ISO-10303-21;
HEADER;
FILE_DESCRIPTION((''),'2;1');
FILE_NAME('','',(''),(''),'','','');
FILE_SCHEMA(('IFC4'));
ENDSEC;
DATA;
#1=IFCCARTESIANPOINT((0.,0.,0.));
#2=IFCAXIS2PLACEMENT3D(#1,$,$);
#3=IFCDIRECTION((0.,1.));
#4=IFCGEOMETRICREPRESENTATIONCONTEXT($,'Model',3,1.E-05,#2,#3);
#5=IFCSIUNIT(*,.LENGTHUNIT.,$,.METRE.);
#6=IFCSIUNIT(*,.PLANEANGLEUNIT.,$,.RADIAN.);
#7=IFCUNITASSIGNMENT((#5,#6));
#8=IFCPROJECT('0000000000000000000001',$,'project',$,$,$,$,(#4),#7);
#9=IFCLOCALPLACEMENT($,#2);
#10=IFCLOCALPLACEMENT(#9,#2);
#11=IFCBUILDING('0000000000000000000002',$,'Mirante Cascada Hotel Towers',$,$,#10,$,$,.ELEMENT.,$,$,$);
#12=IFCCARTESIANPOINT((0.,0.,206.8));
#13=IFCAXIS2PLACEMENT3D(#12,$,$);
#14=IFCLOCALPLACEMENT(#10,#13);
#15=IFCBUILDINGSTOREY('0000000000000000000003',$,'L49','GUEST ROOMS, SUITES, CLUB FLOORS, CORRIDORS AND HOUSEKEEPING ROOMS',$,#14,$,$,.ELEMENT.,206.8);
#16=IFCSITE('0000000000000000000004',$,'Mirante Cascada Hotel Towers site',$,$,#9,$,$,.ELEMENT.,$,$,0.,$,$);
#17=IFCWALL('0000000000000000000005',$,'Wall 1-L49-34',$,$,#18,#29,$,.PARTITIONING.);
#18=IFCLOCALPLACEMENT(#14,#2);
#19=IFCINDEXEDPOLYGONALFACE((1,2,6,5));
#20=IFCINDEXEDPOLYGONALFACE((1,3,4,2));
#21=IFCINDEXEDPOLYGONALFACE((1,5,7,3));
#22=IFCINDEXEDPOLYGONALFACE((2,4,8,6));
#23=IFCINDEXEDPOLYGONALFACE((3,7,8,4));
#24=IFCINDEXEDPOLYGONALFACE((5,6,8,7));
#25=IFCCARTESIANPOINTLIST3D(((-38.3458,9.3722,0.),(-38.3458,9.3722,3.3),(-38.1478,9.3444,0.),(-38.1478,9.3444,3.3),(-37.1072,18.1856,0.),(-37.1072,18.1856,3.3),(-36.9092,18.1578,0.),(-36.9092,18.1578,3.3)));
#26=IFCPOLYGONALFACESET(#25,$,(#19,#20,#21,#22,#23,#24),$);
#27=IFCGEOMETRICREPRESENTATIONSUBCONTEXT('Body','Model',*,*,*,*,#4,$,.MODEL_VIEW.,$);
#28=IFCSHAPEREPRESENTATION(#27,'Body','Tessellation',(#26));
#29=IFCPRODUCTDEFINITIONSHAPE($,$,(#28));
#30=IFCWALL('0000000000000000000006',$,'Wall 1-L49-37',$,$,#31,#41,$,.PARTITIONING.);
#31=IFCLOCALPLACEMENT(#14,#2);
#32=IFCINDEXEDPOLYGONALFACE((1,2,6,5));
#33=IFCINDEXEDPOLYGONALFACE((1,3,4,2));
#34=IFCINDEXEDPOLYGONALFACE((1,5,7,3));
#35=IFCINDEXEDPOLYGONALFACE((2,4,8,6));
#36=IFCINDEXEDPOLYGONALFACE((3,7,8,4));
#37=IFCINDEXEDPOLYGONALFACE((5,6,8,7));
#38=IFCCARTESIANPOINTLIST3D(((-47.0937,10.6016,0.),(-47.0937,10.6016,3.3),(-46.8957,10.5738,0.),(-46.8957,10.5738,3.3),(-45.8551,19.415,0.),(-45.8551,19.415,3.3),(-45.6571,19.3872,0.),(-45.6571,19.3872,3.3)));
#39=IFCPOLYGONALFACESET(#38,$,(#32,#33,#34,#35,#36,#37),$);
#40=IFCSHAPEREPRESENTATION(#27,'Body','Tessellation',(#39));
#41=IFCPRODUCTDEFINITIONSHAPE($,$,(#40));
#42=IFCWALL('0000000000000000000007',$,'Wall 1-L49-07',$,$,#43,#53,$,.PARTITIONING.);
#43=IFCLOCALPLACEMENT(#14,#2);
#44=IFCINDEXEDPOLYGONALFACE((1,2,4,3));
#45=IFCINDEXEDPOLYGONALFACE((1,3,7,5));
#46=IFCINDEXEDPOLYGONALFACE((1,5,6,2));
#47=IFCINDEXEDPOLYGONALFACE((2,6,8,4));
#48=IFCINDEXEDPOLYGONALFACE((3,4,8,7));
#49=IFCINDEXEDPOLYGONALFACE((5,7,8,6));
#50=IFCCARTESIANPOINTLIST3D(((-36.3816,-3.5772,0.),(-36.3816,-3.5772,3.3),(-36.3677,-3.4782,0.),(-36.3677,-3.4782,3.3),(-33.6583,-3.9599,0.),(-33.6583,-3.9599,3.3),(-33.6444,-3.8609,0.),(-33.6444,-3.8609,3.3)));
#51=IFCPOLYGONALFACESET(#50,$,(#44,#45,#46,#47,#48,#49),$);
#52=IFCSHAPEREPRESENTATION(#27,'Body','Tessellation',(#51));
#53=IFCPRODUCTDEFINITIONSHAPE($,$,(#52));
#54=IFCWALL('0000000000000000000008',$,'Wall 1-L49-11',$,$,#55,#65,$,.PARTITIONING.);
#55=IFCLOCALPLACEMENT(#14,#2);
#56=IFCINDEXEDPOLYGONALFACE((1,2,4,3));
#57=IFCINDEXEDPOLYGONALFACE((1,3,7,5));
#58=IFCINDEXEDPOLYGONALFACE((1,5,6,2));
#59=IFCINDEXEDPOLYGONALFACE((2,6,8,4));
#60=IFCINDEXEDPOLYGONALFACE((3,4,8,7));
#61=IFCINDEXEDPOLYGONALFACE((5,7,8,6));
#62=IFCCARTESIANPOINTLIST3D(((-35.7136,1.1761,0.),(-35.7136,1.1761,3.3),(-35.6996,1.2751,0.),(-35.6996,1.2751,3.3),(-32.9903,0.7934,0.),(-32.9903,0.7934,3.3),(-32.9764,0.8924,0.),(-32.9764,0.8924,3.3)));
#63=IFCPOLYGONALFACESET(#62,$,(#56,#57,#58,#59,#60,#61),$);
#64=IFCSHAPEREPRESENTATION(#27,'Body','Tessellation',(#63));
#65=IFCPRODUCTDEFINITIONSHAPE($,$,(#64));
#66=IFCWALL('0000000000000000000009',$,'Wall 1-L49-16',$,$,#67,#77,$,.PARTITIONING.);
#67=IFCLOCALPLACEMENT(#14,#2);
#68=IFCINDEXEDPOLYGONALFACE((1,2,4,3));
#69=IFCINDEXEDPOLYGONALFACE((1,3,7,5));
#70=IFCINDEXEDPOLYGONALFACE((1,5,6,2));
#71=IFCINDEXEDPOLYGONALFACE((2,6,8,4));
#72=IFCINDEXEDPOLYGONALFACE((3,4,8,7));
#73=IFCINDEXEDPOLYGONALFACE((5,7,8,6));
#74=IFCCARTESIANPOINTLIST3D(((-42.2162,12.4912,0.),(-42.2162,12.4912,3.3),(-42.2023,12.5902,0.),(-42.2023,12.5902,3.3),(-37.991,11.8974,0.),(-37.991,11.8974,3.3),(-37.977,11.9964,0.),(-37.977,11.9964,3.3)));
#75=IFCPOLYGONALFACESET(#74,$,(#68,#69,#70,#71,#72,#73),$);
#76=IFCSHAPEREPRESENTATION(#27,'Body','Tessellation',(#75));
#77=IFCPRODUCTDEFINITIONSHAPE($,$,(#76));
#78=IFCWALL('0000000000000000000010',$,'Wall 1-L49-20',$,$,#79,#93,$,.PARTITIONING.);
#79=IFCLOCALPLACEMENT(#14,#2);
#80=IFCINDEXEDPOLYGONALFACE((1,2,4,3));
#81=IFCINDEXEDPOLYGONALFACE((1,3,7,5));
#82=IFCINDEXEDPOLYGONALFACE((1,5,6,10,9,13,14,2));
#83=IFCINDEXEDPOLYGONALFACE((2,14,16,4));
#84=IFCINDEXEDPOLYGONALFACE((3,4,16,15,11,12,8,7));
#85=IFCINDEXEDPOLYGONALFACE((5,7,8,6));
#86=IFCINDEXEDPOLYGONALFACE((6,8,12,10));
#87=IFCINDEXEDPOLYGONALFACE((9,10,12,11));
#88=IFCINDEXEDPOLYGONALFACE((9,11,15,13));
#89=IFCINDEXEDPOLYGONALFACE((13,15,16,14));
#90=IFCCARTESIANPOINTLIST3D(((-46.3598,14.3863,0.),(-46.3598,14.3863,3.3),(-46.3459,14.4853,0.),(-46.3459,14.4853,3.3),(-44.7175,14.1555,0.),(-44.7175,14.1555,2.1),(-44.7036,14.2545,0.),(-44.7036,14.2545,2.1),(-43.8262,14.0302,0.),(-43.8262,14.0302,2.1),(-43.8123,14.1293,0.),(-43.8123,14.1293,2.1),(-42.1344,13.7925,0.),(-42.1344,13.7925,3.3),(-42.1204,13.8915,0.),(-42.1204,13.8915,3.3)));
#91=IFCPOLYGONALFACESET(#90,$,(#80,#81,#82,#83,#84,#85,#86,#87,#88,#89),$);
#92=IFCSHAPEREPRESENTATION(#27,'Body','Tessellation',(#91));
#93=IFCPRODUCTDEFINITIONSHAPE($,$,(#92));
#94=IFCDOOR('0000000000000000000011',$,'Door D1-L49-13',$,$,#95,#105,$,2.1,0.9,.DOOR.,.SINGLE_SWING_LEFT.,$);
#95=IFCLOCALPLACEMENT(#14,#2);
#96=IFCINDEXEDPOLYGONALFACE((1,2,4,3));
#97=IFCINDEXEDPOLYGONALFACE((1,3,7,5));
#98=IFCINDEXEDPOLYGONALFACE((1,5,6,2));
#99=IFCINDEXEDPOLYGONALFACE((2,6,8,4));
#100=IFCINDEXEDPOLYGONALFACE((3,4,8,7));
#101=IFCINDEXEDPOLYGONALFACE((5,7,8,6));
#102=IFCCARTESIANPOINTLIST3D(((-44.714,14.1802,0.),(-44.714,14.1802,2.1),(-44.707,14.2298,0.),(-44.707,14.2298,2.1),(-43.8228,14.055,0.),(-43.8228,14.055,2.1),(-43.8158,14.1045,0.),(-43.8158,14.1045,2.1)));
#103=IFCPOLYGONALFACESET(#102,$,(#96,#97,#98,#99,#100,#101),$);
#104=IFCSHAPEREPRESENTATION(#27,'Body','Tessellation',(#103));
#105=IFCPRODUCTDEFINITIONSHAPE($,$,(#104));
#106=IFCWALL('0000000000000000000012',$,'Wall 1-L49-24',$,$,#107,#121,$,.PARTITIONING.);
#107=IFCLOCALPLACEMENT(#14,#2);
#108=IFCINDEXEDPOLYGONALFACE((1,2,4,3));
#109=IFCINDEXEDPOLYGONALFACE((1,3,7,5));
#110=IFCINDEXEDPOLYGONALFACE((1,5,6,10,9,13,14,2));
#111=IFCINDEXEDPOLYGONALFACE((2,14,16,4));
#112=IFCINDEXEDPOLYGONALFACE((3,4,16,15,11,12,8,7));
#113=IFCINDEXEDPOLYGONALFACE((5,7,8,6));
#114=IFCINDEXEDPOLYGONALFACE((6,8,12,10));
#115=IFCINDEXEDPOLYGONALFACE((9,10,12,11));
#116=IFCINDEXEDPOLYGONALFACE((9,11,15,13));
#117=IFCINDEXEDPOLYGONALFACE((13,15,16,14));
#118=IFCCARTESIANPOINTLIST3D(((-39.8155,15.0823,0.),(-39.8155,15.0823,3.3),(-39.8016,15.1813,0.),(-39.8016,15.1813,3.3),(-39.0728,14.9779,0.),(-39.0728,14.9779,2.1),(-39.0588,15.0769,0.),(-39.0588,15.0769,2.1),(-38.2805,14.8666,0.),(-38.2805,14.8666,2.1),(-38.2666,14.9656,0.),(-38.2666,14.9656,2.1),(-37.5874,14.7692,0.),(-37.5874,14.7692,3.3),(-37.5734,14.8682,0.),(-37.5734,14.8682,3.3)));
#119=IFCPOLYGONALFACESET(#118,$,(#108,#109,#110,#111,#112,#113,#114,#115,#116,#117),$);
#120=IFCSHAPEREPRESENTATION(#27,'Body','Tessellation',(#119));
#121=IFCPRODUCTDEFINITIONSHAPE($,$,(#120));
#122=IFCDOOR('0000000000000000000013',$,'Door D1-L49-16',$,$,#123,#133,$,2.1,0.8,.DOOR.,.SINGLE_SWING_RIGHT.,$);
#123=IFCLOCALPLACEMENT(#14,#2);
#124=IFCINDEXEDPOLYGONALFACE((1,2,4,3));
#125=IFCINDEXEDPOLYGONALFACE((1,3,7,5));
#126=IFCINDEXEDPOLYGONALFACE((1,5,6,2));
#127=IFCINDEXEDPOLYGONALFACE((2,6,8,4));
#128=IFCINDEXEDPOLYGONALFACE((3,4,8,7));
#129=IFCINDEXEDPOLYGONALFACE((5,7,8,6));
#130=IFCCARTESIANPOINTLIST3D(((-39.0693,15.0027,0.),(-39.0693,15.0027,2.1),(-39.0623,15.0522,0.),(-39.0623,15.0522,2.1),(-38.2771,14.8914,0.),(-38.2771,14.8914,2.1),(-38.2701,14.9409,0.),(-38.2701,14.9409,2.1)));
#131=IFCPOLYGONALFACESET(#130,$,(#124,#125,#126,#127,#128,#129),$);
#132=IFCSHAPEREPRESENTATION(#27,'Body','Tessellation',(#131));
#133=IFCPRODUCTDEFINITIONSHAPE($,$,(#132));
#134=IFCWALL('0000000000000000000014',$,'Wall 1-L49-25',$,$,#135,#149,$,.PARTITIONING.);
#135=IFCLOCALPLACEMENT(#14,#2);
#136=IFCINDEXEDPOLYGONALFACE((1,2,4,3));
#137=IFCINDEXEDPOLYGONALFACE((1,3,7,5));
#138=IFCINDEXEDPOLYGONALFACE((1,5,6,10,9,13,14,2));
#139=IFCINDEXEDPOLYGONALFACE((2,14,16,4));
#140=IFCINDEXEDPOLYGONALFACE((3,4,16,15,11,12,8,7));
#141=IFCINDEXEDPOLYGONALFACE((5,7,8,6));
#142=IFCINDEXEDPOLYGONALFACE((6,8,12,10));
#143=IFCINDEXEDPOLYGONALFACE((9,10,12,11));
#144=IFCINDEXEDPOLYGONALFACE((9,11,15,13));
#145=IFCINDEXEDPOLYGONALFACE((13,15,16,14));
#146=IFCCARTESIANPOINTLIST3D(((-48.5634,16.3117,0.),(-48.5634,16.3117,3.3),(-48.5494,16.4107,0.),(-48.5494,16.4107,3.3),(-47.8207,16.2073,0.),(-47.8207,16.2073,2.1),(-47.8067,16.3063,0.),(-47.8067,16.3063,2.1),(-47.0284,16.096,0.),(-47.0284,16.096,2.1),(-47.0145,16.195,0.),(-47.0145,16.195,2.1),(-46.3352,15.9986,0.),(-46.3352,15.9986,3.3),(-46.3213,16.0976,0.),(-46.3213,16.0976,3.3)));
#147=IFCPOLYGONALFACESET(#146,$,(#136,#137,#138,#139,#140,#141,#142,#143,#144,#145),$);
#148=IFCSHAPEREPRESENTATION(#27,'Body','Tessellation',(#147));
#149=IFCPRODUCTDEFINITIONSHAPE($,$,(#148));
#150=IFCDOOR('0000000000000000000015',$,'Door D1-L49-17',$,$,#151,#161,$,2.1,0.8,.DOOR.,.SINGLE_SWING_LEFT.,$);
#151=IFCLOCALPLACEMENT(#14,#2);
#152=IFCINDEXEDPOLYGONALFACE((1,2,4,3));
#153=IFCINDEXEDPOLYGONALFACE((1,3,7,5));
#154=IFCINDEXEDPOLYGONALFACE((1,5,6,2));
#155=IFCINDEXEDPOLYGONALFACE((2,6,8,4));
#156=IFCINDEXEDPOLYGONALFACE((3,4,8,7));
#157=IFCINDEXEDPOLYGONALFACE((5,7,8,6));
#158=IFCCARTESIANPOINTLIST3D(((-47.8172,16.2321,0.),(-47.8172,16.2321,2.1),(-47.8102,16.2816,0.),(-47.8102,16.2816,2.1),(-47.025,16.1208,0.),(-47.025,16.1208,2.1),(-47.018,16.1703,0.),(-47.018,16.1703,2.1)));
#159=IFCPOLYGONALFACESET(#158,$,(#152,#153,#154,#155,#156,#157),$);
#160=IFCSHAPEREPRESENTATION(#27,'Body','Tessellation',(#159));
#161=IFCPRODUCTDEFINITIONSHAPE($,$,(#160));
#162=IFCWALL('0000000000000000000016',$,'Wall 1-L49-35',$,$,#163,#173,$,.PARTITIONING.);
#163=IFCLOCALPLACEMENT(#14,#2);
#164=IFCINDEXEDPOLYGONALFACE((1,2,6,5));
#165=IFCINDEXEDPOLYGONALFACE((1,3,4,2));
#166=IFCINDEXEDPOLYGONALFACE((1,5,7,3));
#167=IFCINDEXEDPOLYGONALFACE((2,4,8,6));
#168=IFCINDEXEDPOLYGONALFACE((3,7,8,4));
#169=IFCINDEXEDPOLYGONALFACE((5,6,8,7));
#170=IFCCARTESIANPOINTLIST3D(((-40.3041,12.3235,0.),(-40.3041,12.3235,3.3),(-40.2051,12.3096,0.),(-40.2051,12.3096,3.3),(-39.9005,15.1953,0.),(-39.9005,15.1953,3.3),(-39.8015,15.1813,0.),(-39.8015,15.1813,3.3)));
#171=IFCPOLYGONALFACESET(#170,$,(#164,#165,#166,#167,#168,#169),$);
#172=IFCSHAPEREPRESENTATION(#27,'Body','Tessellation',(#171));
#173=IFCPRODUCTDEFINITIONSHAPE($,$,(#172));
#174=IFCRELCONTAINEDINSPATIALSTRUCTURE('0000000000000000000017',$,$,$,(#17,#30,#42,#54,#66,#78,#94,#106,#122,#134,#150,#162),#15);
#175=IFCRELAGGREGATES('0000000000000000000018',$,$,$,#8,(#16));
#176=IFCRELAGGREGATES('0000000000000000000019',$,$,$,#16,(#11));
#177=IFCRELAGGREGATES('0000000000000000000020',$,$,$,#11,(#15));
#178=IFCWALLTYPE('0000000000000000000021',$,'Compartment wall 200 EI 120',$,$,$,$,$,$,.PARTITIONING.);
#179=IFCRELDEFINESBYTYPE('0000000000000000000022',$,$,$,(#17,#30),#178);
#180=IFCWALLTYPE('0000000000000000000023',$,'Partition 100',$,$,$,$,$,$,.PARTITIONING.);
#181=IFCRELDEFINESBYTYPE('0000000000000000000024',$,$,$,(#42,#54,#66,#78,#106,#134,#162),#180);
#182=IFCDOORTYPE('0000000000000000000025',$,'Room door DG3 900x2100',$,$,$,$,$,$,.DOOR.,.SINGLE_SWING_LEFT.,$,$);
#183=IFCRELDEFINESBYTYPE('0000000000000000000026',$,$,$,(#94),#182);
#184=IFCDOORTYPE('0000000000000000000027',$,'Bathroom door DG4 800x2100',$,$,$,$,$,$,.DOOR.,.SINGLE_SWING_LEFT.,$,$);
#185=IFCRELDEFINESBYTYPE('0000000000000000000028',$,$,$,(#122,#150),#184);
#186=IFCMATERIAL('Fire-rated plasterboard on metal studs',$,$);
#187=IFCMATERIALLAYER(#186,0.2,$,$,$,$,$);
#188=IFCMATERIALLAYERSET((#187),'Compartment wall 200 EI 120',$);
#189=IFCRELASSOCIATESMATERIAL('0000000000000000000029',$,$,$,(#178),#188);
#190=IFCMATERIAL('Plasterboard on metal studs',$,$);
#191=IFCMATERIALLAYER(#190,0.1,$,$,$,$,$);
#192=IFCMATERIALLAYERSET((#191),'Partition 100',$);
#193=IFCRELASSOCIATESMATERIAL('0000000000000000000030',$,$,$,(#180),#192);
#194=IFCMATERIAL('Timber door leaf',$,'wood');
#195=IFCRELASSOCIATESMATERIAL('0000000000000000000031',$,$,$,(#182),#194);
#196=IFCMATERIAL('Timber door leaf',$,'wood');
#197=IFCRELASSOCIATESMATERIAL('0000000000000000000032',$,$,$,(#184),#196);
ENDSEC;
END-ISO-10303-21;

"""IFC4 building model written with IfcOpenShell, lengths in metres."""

from ifc_helpers import new_model, si_unit, direction, frame, frame_2d, origin, place, context, subcontext, project, spatial, rectangle, extrude, material, layer, layer_set, type_object, element, fill, save


model = new_model("IFC4")

# Units and contexts
model_context = context("Model", 3, precision=1e-05, world=origin(), true_north=direction((0.0, 1.0)))
body_context = subcontext(model_context, "Body", "Model", "MODEL_VIEW")
ifc_project = project(units=[si_unit("LENGTHUNIT", "METRE"), si_unit("PLANEANGLEUNIT", "RADIAN")], contexts=[model_context])

# Site, building, storey
site_placement = place(None, origin())
site = spatial("IfcSite", under=ifc_project, at=site_placement, Name="Mirante Cascada Hotel Towers site", CompositionType="ELEMENT", RefElevation=0.0)
building_placement = place(site_placement, origin())
building = spatial("IfcBuilding", under=site, at=building_placement, Name="Mirante Cascada Hotel Towers", CompositionType="ELEMENT")
storey_placement = place(building_placement, frame((0.0, 0.0, 206.8)))
storey = spatial("IfcBuildingStorey", under=building, at=storey_placement, Name="L49", Description="GUEST ROOMS, SUITES, CLUB FLOORS, CORRIDORS AND HOUSEKEEPING ROOMS", CompositionType="ELEMENT", Elevation=206.8)

# Walls
ifc_material_1 = material(Name="Fire-rated plasterboard on metal studs")
ifc_layer_1 = layer(ifc_material_1, 0.2)
ifc_layer_set_1 = layer_set([ifc_layer_1], Name="Compartment wall 200 EI 120")
wall_type_1 = type_object("IfcWallType", Name="Compartment wall 200 EI 120", PredefinedType="PARTITIONING", material=ifc_layer_set_1)
for number, where, z_axis, x_axis, name in (
    (1, (-38.2468, 9.3583, 0.0), (0.0, 0.0, 1.0), (0.139168, 0.990269, 0.0), "Wall 1-L49-34"),
    (2, (-45.7561, 19.4011, 0.0), (0.0, 0.0, 1.0), (-0.139168, -0.990269, 0.0), "Wall 1-L49-37"),
):
    element("IfcWall", number, at=place(storey_placement, frame(where, z_axis=z_axis, x_axis=x_axis)), inside=storey, type_object=wall_type_1, Name=name, PredefinedType="PARTITIONING", context=body_context, shape_type="SweptSolid", body=[
        extrude(rectangle(XDim=8.9, YDim=0.2, at=frame_2d((4.45, 0.0))), origin(), (0.0, 0.0, 1.0), 3.3),
    ])
ifc_material_2 = material(Name="Plasterboard on metal studs")
ifc_layer_2 = layer(ifc_material_2, 0.1)
ifc_layer_set_2 = layer_set([ifc_layer_2], Name="Partition 100")
wall_type_2 = type_object("IfcWallType", Name="Partition 100", PredefinedType="PARTITIONING", material=ifc_layer_set_2)
wall_1_placement = place(storey_placement, frame((-36.3747, -3.5277, 0.0), z_axis=(0.0, 0.0, 1.0), x_axis=(0.99027, -0.139161, 0.0)))
element("IfcWall", 3, at=wall_1_placement, inside=storey, type_object=wall_type_2, Name="Wall 1-L49-07", PredefinedType="PARTITIONING", context=body_context, shape_type="SweptSolid", body=[
    extrude(rectangle(XDim=2.7501, YDim=0.1, at=frame_2d((1.3751, 0.0))), origin(), (0.0, 0.0, 1.0), 3.3),
])
wall_2_placement = place(storey_placement, frame((-35.7066, 1.2256, 0.0), z_axis=(0.0, 0.0, 1.0), x_axis=(0.990269, -0.139166, 0.0)))
element("IfcWall", 4, at=wall_2_placement, inside=storey, type_object=wall_type_2, Name="Wall 1-L49-11", PredefinedType="PARTITIONING", context=body_context, shape_type="SweptSolid", body=[
    extrude(rectangle(XDim=2.75, YDim=0.1, at=frame_2d((1.375, 0.0))), origin(), (0.0, 0.0, 1.0), 3.3),
])
wall_3_placement = place(storey_placement, frame((-37.984, 11.9469, 0.0), z_axis=(0.0, 0.0, 1.0), x_axis=(-0.990269, 0.139167, 0.0)))
element("IfcWall", 5, at=wall_3_placement, inside=storey, type_object=wall_type_2, Name="Wall 1-L49-16", PredefinedType="PARTITIONING", context=body_context, shape_type="SweptSolid", body=[
    extrude(rectangle(XDim=4.2668, YDim=0.1, at=frame_2d((2.1334, 0.0))), origin(), (0.0, 0.0, 1.0), 3.3),
])

# Walls, openings, doors
wall_4_placement = place(storey_placement, frame((-42.1274, 13.842, 0.0), z_axis=(0.0, 0.0, 1.0), x_axis=(-0.99027, 0.13916, 0.0)))
wall_4 = element("IfcWall", 6, at=wall_4_placement, inside=storey, type_object=wall_type_2, Name="Wall 1-L49-20", PredefinedType="PARTITIONING", context=body_context, shape_type="SweptSolid", body=[
    extrude(rectangle(XDim=4.267, YDim=0.1, at=frame_2d((2.1335, 0.0))), origin(), (0.0, 0.0, 1.0), 3.3),
])
opening_1_placement = place(wall_4_placement, frame((1.7085, 0.0, 0.0)))
opening_1 = element("IfcOpeningElement", 7, at=opening_1_placement, cuts=wall_4, PredefinedType="OPENING", context=body_context, shape_type="SweptSolid", body=[
    extrude(rectangle(XDim=0.9, YDim=2.1, at=frame_2d((0.45, 1.05))), frame((0.0, 0.05, 0.0), z_axis=(0.0, -1.0, 0.0), x_axis=(1.0, 0.0, 0.0)), (0.0, 0.0, 1.0), 0.1),
])
ifc_material_3 = material(Name="Timber door leaf", Category="wood")
door_type_1 = type_object("IfcDoorType", Name="Room door DG3 900x2100", OperationType="SINGLE_SWING_LEFT", PredefinedType="DOOR", material=ifc_material_3)
door_1_placement = place(opening_1_placement, origin())
door_1 = element("IfcDoor", 8, at=door_1_placement, inside=storey, type_object=door_type_1, Name="Door D1-L49-13", OperationType="SINGLE_SWING_LEFT", OverallHeight=2.1, OverallWidth=0.9, PredefinedType="DOOR", context=body_context, shape_type="SweptSolid", body=[
    extrude(rectangle(XDim=0.9, YDim=2.1, at=frame_2d((0.45, 1.05))), frame((0.0, 0.025, 0.0), z_axis=(0.0, -1.0, 0.0), x_axis=(1.0, 0.0, 0.0)), (0.0, 0.0, 1.0), 0.05),
])
fill(opening_1, door_1)
wall_5_placement = place(storey_placement, frame((-37.5804, 14.8187, 0.0), z_axis=(0.0, 0.0, 1.0), x_axis=(-0.990271, 0.139156, 0.0)))
wall_5 = element("IfcWall", 9, at=wall_5_placement, inside=storey, type_object=wall_type_2, Name="Wall 1-L49-24", PredefinedType="PARTITIONING", context=body_context, shape_type="SweptSolid", body=[
    extrude(rectangle(XDim=2.25, YDim=0.1, at=frame_2d((1.125, 0.0))), origin(), (0.0, 0.0, 1.0), 3.3),
])
opening_2_placement = place(wall_5_placement, frame((0.7, 0.0, 0.0)))
opening_2 = element("IfcOpeningElement", 10, at=opening_2_placement, cuts=wall_5, PredefinedType="OPENING", context=body_context, shape_type="SweptSolid", body=[
    extrude(rectangle(XDim=0.8, YDim=2.1, at=frame_2d((0.4, 1.05))), frame((0.0, 0.05, 0.0), z_axis=(0.0, -1.0, 0.0), x_axis=(1.0, 0.0, 0.0)), (0.0, 0.0, 1.0), 0.1),
])
ifc_material_4 = material(Name="Timber door leaf", Category="wood")
door_type_2 = type_object("IfcDoorType", Name="Bathroom door DG4 800x2100", OperationType="SINGLE_SWING_LEFT", PredefinedType="DOOR", material=ifc_material_4)
door_2_placement = place(opening_2_placement, frame((0.8, 0.0, 0.0), z_axis=(0.0, 0.0, 1.0), x_axis=(-1.0, 0.0, 0.0)))
door_2 = element("IfcDoor", 11, at=door_2_placement, inside=storey, type_object=door_type_2, Name="Door D1-L49-16", OperationType="SINGLE_SWING_RIGHT", OverallHeight=2.1, OverallWidth=0.8, PredefinedType="DOOR", context=body_context, shape_type="SweptSolid", body=[
    extrude(rectangle(XDim=0.8, YDim=2.1, at=frame_2d((0.4, 1.05))), frame((0.0, 0.025, 0.0), z_axis=(0.0, -1.0, 0.0), x_axis=(1.0, 0.0, 0.0)), (0.0, 0.0, 1.0), 0.05),
])
fill(opening_2, door_2)
wall_6_placement = place(storey_placement, frame((-48.5564, 16.3612, 0.0), z_axis=(0.0, 0.0, 1.0), x_axis=(0.990271, -0.139156, 0.0)))
wall_6 = element("IfcWall", 12, at=wall_6_placement, inside=storey, type_object=wall_type_2, Name="Wall 1-L49-25", PredefinedType="PARTITIONING", context=body_context, shape_type="SweptSolid", body=[
    extrude(rectangle(XDim=2.25, YDim=0.1, at=frame_2d((1.125, 0.0))), origin(), (0.0, 0.0, 1.0), 3.3),
])
opening_3_placement = place(wall_6_placement, frame((0.75, 0.0, 0.0)))
opening_3 = element("IfcOpeningElement", 13, at=opening_3_placement, cuts=wall_6, PredefinedType="OPENING", context=body_context, shape_type="SweptSolid", body=[
    extrude(rectangle(XDim=0.8, YDim=2.1, at=frame_2d((0.4, 1.05))), frame((0.0, 0.05, 0.0), z_axis=(0.0, -1.0, 0.0), x_axis=(1.0, 0.0, 0.0)), (0.0, 0.0, 1.0), 0.1),
])
door_3_placement = place(opening_3_placement, origin())
door_3 = element("IfcDoor", 14, at=door_3_placement, inside=storey, type_object=door_type_2, Name="Door D1-L49-17", OperationType="SINGLE_SWING_LEFT", OverallHeight=2.1, OverallWidth=0.8, PredefinedType="DOOR", context=body_context, shape_type="SweptSolid", body=[
    extrude(rectangle(XDim=0.8, YDim=2.1, at=frame_2d((0.4, 1.05))), frame((0.0, 0.025, 0.0), z_axis=(0.0, -1.0, 0.0), x_axis=(1.0, 0.0, 0.0)), (0.0, 0.0, 1.0), 0.05),
])
fill(opening_3, door_3)

# Wall
wall_7_placement = place(storey_placement, frame((-39.851, 15.1883, 0.0), z_axis=(0.0, 0.0, 1.0), x_axis=(-0.139171, -0.990268, 0.0)))
element("IfcWall", 15, at=wall_7_placement, inside=storey, type_object=wall_type_2, Name="Wall 1-L49-35", PredefinedType="PARTITIONING", context=body_context, shape_type="SweptSolid", body=[
    extrude(rectangle(XDim=2.9, YDim=0.1, at=frame_2d((1.45, 0.0))), origin(), (0.0, 0.0, 1.0), 3.3),
])

save(model, "model.ifc")
